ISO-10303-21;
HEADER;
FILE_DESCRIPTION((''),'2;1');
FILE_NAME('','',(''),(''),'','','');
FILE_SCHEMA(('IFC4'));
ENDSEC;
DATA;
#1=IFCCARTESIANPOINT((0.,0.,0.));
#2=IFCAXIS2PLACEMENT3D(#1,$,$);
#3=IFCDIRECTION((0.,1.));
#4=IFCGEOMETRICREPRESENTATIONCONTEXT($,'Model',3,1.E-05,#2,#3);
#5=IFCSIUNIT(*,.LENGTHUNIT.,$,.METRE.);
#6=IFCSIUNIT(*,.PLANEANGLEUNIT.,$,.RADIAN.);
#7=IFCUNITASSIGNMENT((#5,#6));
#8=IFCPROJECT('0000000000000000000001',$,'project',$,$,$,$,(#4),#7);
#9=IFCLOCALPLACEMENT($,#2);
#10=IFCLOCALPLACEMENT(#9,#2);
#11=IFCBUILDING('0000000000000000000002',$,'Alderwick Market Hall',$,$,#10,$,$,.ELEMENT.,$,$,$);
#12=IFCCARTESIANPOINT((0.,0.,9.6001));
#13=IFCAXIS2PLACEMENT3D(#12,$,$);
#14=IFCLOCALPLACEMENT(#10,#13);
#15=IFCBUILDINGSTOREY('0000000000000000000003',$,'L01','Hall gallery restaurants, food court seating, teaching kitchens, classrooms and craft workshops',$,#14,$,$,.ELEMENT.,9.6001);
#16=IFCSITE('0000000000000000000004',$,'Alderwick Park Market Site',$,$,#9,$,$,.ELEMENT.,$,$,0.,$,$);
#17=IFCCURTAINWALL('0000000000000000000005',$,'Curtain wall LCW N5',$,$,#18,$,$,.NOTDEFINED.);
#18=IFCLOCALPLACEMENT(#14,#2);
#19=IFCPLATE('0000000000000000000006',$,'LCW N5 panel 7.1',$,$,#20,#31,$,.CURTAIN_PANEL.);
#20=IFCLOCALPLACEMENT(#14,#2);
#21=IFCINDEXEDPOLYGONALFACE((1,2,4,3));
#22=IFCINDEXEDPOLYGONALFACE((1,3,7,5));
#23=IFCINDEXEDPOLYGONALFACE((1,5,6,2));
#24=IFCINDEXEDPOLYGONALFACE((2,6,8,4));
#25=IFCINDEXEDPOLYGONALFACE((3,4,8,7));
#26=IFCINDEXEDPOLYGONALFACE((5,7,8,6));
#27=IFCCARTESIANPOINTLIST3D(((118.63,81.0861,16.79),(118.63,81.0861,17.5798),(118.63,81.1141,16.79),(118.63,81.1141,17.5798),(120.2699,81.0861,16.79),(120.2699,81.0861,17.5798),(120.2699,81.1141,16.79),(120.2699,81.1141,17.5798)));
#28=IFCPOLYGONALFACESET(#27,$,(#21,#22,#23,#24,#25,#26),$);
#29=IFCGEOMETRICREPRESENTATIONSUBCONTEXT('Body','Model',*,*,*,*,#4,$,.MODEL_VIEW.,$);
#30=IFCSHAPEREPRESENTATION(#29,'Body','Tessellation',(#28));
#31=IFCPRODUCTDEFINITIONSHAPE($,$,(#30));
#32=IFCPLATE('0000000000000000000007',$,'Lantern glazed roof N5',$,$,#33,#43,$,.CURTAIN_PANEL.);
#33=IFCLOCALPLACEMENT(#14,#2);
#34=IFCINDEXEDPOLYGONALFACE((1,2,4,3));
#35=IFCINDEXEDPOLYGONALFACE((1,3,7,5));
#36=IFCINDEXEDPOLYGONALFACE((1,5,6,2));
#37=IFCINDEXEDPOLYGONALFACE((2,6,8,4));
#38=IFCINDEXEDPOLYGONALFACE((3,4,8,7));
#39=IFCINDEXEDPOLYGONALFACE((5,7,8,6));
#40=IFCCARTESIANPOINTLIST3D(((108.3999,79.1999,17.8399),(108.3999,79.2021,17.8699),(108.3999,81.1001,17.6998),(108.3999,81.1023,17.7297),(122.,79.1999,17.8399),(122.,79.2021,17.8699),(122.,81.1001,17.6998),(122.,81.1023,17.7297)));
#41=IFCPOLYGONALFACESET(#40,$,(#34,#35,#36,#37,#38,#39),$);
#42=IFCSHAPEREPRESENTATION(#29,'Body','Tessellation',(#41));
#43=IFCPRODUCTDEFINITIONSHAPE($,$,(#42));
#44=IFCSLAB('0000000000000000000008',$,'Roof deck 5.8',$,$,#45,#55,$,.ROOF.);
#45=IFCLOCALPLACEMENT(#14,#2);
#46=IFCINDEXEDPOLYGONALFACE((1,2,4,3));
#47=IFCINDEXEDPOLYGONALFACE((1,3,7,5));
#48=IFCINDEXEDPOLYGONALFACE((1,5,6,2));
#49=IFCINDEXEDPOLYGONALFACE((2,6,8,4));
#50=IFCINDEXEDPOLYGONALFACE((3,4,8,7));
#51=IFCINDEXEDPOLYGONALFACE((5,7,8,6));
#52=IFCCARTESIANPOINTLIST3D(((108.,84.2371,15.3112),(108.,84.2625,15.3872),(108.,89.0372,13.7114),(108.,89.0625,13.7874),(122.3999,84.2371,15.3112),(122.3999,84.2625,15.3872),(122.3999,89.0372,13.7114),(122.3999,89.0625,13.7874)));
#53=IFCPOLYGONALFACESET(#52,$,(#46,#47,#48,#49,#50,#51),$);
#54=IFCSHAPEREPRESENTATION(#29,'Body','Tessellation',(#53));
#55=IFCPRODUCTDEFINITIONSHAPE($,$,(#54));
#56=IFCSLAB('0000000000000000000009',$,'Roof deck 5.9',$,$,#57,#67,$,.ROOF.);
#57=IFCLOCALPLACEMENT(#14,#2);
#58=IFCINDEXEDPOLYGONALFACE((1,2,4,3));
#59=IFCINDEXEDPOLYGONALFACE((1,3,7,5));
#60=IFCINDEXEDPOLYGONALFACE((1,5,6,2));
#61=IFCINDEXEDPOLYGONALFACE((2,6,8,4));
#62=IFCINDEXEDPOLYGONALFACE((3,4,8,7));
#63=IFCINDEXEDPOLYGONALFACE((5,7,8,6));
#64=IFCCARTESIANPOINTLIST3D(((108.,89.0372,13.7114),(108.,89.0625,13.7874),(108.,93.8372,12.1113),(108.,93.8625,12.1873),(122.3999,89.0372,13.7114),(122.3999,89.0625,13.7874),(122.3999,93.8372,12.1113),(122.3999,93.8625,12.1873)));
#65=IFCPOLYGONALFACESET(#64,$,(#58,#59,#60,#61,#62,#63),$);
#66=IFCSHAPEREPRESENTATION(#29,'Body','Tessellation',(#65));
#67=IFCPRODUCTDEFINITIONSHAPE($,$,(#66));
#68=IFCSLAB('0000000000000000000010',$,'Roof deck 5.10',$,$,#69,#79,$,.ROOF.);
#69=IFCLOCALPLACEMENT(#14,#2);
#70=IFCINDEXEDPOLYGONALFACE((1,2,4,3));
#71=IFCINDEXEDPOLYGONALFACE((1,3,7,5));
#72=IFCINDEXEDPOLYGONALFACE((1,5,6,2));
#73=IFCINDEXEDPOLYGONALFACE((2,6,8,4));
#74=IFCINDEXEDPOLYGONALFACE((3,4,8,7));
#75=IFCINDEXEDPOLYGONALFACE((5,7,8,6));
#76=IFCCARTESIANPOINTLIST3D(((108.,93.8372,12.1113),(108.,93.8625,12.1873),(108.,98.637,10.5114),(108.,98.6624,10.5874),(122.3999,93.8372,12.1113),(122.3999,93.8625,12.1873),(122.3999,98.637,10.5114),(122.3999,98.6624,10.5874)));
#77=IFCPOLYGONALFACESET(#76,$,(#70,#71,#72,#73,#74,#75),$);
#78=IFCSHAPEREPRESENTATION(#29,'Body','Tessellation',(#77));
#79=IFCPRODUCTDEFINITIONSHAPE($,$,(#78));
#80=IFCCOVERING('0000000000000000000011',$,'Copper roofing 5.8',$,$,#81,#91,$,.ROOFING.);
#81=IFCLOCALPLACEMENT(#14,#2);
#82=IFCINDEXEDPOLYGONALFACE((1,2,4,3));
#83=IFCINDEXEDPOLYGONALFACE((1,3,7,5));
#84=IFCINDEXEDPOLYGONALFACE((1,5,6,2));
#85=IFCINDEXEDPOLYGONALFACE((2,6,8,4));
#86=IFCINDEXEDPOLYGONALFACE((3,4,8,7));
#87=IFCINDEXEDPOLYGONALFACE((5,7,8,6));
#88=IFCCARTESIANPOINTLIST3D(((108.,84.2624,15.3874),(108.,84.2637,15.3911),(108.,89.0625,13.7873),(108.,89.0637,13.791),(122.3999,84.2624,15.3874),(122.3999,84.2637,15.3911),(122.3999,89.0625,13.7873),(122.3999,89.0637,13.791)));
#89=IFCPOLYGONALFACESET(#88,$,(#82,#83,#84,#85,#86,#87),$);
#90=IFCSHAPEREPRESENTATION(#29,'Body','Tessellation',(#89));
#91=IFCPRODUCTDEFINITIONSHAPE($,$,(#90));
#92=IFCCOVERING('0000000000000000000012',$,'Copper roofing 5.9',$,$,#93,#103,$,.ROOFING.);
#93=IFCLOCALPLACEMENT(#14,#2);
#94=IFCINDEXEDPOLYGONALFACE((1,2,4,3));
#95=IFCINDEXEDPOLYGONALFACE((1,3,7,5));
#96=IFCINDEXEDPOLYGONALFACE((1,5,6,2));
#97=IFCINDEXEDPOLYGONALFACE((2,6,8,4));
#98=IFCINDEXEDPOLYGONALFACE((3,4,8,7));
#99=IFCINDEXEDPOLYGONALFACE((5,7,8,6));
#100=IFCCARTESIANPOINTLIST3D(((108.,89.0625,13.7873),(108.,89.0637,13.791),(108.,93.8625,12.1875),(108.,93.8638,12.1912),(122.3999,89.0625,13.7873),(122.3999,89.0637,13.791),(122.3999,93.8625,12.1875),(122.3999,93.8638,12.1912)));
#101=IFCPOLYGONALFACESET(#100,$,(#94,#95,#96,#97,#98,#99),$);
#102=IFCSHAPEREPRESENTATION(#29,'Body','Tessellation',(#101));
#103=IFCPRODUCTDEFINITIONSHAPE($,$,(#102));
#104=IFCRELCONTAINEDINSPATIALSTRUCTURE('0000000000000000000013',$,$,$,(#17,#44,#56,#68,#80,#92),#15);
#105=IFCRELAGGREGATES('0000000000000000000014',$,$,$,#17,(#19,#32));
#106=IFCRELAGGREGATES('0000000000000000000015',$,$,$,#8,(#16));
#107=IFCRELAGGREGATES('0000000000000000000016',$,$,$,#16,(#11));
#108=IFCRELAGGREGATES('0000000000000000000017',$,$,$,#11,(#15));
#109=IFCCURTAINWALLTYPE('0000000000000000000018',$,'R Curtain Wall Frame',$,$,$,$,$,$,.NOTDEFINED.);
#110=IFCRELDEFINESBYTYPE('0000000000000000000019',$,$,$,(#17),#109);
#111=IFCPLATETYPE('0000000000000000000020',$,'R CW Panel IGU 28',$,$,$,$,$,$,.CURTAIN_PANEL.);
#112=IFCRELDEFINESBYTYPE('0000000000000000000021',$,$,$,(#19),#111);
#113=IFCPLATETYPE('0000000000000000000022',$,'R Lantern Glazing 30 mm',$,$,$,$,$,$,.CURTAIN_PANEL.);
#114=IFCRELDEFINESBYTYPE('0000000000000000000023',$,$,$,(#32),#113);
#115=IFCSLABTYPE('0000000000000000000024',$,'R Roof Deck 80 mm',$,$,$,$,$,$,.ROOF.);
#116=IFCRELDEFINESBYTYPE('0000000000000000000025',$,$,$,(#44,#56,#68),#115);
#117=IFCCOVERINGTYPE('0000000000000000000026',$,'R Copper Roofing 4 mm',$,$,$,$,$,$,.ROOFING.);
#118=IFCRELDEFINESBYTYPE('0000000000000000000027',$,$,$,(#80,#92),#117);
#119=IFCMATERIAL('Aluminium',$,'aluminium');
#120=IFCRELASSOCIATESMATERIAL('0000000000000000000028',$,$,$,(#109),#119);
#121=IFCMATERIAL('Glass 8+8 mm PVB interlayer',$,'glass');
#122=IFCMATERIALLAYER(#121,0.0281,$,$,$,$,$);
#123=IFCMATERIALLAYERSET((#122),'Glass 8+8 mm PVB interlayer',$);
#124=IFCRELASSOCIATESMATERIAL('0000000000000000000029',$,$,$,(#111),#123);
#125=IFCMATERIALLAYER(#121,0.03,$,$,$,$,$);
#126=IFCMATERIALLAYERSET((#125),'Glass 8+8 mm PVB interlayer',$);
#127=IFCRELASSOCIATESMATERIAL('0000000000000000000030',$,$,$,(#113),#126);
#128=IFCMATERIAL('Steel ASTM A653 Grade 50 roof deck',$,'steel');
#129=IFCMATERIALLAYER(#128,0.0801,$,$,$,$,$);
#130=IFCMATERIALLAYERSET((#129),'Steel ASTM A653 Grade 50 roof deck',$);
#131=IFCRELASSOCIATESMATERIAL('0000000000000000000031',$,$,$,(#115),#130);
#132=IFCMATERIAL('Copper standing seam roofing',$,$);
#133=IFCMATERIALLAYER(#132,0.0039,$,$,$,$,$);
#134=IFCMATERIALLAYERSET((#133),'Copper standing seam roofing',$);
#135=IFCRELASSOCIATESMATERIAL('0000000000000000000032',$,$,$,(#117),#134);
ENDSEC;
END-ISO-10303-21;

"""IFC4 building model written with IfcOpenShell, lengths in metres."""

from ifc_helpers import new_model, si_unit, direction, frame, origin, origin_2d, place, context, subcontext, project, spatial, polyline, rectangle, outline, extrude, material, layer, layer_set, type_object, element, aggregate, save


model = new_model("IFC4")

# Units and contexts
model_context = context("Model", 3, precision=1e-05, world=origin(), true_north=direction((0.0, 1.0)))
body_context = subcontext(model_context, "Body", "Model", "MODEL_VIEW")
ifc_project = project(units=[si_unit("LENGTHUNIT", "METRE"), si_unit("PLANEANGLEUNIT", "RADIAN")], contexts=[model_context])

# Site, building, storey
site_placement = place(None, origin())
site = spatial("IfcSite", under=ifc_project, at=site_placement, Name="Alderwick Park Market Site", CompositionType="ELEMENT", RefElevation=0.0)
building_placement = place(site_placement, origin())
building = spatial("IfcBuilding", under=site, at=building_placement, Name="Alderwick Market Hall", CompositionType="ELEMENT")
storey_placement = place(building_placement, frame((0.0, 0.0, 9.6001)))
storey = spatial("IfcBuildingStorey", under=building, at=storey_placement, Name="L01", Description="Hall gallery restaurants, food court seating, teaching kitchens, classrooms and craft workshops", CompositionType="ELEMENT", Elevation=9.6001)

# Curtain wall
ifc_material_1 = material(Name="Aluminium", Category="aluminium")
curtain_wall_type = type_object("IfcCurtainWallType", Name="R Curtain Wall Frame", PredefinedType="NOTDEFINED", material=ifc_material_1)
curtain_wall_placement = place(storey_placement, origin())
curtain_wall = element("IfcCurtainWall", 1, at=curtain_wall_placement, inside=storey, type_object=curtain_wall_type, Name="Curtain wall LCW N5", PredefinedType="NOTDEFINED")

# Plates
ifc_material_2 = material(Name="Glass 8+8 mm PVB interlayer", Category="glass")
ifc_layer_1 = layer(ifc_material_2, 0.0281)
ifc_layer_set_1 = layer_set([ifc_layer_1], Name="Glass 8+8 mm PVB interlayer")
plate_type_1 = type_object("IfcPlateType", Name="R CW Panel IGU 28", PredefinedType="CURTAIN_PANEL", material=ifc_layer_set_1)
plate_1_placement = place(storey_placement, frame((119.45, 81.1001, 16.79), z_axis=(0.0, 0.0, 1.0), x_axis=(1.0, 0.0, 0.0)))
plate_1 = element("IfcPlate", 2, at=plate_1_placement, type_object=plate_type_1, Name="LCW N5 panel 7.1", PredefinedType="CURTAIN_PANEL", context=body_context, shape_type="SweptSolid", body=[
    extrude(rectangle(XDim=1.6399, YDim=0.0281, at=origin_2d()), origin(), (0.0, 0.0, 1.0), 0.7898),
])
ifc_layer_2 = layer(ifc_material_2, 0.03)
ifc_layer_set_2 = layer_set([ifc_layer_2], Name="Glass 8+8 mm PVB interlayer")
plate_type_2 = type_object("IfcPlateType", Name="R Lantern Glazing 30 mm", PredefinedType="CURTAIN_PANEL", material=ifc_layer_set_2)
plate_2_placement = place(storey_placement, frame((108.3999, 81.1023, 17.7297), z_axis=(0.0, 0.073551, 0.997291), x_axis=(1.0, 0.0, 0.0)))
plate_2 = element("IfcPlate", 3, at=plate_2_placement, type_object=plate_type_2, Name="Lantern glazed roof N5", PredefinedType="CURTAIN_PANEL", context=body_context, shape_type="SweptSolid", body=[
    extrude(outline(polyline([(0.0, 0.0), (13.6001, 0.0), (13.6001, -1.9053), (0.0, -1.9053), (0.0, 0.0)])), origin(), (0.0, 0.0, -1.0), 0.03),
])
aggregate(curtain_wall, [plate_1, plate_2])

# Slabs
ifc_material_3 = material(Name="Steel ASTM A653 Grade 50 roof deck", Category="steel")
ifc_layer_3 = layer(ifc_material_3, 0.0801)
ifc_layer_set_3 = layer_set([ifc_layer_3], Name="Steel ASTM A653 Grade 50 roof deck")
slab_type = type_object("IfcSlabType", Name="R Roof Deck 80 mm", PredefinedType="ROOF", material=ifc_layer_set_3)
slab_1_placement = place(storey_placement, frame((108.0, 84.2625, 15.3872), z_axis=(0.0, 0.316199, 0.948693), x_axis=(1.0, 0.0, 0.0)))
element("IfcSlab", 4, at=slab_1_placement, inside=storey, type_object=slab_type, Name="Roof deck 5.8", PredefinedType="ROOF", context=body_context, shape_type="SweptSolid", body=[
    extrude(outline(polyline([(0.0, 0.0), (14.3999, 0.0), (14.3999, 5.0596), (0.0, 5.0596), (0.0, 0.0)])), origin(), (0.0, 0.0, -1.0), 0.0801),
])
slab_2_placement = place(storey_placement, frame((108.0, 89.0625, 13.7874), z_axis=(0.0, 0.316242, 0.948678), x_axis=(1.0, 0.0, 0.0)))
element("IfcSlab", 5, at=slab_2_placement, inside=storey, type_object=slab_type, Name="Roof deck 5.9", PredefinedType="ROOF", context=body_context, shape_type="SweptSolid", body=[
    extrude(outline(polyline([(0.0, 0.0), (14.3999, 0.0), (14.3999, 5.0597), (0.0, 5.0597), (0.0, 0.0)])), origin(), (0.0, 0.0, -1.0), 0.0801),
])
slab_3_placement = place(storey_placement, frame((108.0, 93.8625, 12.1873), z_axis=(0.0, 0.316213, 0.948688), x_axis=(1.0, 0.0, 0.0)))
element("IfcSlab", 6, at=slab_3_placement, inside=storey, type_object=slab_type, Name="Roof deck 5.10", PredefinedType="ROOF", context=body_context, shape_type="SweptSolid", body=[
    extrude(outline(polyline([(0.0, 0.0), (14.3999, 0.0), (14.3999, 5.0594), (0.0, 5.0594), (0.0, 0.0)])), origin(), (0.0, 0.0, -1.0), 0.0801),
])

# Coverings
ifc_material_4 = material(Name="Copper standing seam roofing")
ifc_layer_4 = layer(ifc_material_4, 0.0039)
ifc_layer_set_4 = layer_set([ifc_layer_4], Name="Copper standing seam roofing")
covering_type = type_object("IfcCoveringType", Name="R Copper Roofing 4 mm", PredefinedType="ROOFING", material=ifc_layer_set_4)
covering_1_placement = place(storey_placement, frame((108.0, 84.2637, 15.3911), z_axis=(0.0, 0.316242, 0.948678), x_axis=(1.0, 0.0, 0.0)))
element("IfcCovering", 7, at=covering_1_placement, inside=storey, type_object=covering_type, Name="Copper roofing 5.8", PredefinedType="ROOFING", context=body_context, shape_type="SweptSolid", body=[
    extrude(outline(polyline([(0.0, 0.0), (14.3999, 0.0), (14.3999, 5.0597), (0.0, 5.0597), (0.0, 0.0)])), origin(), (0.0, 0.0, -1.0), 0.0039),
])
covering_2_placement = place(storey_placement, frame((108.0, 89.0637, 13.791), z_axis=(0.0, 0.316199, 0.948693), x_axis=(1.0, 0.0, 0.0)))
element("IfcCovering", 8, at=covering_2_placement, inside=storey, type_object=covering_type, Name="Copper roofing 5.9", PredefinedType="ROOFING", context=body_context, shape_type="SweptSolid", body=[
    extrude(outline(polyline([(0.0, 0.0), (14.3999, 0.0), (14.3999, 5.0596), (0.0, 5.0596), (0.0, 0.0)])), origin(), (0.0, 0.0, -1.0), 0.0039),
])

save(model, "model.ifc")
